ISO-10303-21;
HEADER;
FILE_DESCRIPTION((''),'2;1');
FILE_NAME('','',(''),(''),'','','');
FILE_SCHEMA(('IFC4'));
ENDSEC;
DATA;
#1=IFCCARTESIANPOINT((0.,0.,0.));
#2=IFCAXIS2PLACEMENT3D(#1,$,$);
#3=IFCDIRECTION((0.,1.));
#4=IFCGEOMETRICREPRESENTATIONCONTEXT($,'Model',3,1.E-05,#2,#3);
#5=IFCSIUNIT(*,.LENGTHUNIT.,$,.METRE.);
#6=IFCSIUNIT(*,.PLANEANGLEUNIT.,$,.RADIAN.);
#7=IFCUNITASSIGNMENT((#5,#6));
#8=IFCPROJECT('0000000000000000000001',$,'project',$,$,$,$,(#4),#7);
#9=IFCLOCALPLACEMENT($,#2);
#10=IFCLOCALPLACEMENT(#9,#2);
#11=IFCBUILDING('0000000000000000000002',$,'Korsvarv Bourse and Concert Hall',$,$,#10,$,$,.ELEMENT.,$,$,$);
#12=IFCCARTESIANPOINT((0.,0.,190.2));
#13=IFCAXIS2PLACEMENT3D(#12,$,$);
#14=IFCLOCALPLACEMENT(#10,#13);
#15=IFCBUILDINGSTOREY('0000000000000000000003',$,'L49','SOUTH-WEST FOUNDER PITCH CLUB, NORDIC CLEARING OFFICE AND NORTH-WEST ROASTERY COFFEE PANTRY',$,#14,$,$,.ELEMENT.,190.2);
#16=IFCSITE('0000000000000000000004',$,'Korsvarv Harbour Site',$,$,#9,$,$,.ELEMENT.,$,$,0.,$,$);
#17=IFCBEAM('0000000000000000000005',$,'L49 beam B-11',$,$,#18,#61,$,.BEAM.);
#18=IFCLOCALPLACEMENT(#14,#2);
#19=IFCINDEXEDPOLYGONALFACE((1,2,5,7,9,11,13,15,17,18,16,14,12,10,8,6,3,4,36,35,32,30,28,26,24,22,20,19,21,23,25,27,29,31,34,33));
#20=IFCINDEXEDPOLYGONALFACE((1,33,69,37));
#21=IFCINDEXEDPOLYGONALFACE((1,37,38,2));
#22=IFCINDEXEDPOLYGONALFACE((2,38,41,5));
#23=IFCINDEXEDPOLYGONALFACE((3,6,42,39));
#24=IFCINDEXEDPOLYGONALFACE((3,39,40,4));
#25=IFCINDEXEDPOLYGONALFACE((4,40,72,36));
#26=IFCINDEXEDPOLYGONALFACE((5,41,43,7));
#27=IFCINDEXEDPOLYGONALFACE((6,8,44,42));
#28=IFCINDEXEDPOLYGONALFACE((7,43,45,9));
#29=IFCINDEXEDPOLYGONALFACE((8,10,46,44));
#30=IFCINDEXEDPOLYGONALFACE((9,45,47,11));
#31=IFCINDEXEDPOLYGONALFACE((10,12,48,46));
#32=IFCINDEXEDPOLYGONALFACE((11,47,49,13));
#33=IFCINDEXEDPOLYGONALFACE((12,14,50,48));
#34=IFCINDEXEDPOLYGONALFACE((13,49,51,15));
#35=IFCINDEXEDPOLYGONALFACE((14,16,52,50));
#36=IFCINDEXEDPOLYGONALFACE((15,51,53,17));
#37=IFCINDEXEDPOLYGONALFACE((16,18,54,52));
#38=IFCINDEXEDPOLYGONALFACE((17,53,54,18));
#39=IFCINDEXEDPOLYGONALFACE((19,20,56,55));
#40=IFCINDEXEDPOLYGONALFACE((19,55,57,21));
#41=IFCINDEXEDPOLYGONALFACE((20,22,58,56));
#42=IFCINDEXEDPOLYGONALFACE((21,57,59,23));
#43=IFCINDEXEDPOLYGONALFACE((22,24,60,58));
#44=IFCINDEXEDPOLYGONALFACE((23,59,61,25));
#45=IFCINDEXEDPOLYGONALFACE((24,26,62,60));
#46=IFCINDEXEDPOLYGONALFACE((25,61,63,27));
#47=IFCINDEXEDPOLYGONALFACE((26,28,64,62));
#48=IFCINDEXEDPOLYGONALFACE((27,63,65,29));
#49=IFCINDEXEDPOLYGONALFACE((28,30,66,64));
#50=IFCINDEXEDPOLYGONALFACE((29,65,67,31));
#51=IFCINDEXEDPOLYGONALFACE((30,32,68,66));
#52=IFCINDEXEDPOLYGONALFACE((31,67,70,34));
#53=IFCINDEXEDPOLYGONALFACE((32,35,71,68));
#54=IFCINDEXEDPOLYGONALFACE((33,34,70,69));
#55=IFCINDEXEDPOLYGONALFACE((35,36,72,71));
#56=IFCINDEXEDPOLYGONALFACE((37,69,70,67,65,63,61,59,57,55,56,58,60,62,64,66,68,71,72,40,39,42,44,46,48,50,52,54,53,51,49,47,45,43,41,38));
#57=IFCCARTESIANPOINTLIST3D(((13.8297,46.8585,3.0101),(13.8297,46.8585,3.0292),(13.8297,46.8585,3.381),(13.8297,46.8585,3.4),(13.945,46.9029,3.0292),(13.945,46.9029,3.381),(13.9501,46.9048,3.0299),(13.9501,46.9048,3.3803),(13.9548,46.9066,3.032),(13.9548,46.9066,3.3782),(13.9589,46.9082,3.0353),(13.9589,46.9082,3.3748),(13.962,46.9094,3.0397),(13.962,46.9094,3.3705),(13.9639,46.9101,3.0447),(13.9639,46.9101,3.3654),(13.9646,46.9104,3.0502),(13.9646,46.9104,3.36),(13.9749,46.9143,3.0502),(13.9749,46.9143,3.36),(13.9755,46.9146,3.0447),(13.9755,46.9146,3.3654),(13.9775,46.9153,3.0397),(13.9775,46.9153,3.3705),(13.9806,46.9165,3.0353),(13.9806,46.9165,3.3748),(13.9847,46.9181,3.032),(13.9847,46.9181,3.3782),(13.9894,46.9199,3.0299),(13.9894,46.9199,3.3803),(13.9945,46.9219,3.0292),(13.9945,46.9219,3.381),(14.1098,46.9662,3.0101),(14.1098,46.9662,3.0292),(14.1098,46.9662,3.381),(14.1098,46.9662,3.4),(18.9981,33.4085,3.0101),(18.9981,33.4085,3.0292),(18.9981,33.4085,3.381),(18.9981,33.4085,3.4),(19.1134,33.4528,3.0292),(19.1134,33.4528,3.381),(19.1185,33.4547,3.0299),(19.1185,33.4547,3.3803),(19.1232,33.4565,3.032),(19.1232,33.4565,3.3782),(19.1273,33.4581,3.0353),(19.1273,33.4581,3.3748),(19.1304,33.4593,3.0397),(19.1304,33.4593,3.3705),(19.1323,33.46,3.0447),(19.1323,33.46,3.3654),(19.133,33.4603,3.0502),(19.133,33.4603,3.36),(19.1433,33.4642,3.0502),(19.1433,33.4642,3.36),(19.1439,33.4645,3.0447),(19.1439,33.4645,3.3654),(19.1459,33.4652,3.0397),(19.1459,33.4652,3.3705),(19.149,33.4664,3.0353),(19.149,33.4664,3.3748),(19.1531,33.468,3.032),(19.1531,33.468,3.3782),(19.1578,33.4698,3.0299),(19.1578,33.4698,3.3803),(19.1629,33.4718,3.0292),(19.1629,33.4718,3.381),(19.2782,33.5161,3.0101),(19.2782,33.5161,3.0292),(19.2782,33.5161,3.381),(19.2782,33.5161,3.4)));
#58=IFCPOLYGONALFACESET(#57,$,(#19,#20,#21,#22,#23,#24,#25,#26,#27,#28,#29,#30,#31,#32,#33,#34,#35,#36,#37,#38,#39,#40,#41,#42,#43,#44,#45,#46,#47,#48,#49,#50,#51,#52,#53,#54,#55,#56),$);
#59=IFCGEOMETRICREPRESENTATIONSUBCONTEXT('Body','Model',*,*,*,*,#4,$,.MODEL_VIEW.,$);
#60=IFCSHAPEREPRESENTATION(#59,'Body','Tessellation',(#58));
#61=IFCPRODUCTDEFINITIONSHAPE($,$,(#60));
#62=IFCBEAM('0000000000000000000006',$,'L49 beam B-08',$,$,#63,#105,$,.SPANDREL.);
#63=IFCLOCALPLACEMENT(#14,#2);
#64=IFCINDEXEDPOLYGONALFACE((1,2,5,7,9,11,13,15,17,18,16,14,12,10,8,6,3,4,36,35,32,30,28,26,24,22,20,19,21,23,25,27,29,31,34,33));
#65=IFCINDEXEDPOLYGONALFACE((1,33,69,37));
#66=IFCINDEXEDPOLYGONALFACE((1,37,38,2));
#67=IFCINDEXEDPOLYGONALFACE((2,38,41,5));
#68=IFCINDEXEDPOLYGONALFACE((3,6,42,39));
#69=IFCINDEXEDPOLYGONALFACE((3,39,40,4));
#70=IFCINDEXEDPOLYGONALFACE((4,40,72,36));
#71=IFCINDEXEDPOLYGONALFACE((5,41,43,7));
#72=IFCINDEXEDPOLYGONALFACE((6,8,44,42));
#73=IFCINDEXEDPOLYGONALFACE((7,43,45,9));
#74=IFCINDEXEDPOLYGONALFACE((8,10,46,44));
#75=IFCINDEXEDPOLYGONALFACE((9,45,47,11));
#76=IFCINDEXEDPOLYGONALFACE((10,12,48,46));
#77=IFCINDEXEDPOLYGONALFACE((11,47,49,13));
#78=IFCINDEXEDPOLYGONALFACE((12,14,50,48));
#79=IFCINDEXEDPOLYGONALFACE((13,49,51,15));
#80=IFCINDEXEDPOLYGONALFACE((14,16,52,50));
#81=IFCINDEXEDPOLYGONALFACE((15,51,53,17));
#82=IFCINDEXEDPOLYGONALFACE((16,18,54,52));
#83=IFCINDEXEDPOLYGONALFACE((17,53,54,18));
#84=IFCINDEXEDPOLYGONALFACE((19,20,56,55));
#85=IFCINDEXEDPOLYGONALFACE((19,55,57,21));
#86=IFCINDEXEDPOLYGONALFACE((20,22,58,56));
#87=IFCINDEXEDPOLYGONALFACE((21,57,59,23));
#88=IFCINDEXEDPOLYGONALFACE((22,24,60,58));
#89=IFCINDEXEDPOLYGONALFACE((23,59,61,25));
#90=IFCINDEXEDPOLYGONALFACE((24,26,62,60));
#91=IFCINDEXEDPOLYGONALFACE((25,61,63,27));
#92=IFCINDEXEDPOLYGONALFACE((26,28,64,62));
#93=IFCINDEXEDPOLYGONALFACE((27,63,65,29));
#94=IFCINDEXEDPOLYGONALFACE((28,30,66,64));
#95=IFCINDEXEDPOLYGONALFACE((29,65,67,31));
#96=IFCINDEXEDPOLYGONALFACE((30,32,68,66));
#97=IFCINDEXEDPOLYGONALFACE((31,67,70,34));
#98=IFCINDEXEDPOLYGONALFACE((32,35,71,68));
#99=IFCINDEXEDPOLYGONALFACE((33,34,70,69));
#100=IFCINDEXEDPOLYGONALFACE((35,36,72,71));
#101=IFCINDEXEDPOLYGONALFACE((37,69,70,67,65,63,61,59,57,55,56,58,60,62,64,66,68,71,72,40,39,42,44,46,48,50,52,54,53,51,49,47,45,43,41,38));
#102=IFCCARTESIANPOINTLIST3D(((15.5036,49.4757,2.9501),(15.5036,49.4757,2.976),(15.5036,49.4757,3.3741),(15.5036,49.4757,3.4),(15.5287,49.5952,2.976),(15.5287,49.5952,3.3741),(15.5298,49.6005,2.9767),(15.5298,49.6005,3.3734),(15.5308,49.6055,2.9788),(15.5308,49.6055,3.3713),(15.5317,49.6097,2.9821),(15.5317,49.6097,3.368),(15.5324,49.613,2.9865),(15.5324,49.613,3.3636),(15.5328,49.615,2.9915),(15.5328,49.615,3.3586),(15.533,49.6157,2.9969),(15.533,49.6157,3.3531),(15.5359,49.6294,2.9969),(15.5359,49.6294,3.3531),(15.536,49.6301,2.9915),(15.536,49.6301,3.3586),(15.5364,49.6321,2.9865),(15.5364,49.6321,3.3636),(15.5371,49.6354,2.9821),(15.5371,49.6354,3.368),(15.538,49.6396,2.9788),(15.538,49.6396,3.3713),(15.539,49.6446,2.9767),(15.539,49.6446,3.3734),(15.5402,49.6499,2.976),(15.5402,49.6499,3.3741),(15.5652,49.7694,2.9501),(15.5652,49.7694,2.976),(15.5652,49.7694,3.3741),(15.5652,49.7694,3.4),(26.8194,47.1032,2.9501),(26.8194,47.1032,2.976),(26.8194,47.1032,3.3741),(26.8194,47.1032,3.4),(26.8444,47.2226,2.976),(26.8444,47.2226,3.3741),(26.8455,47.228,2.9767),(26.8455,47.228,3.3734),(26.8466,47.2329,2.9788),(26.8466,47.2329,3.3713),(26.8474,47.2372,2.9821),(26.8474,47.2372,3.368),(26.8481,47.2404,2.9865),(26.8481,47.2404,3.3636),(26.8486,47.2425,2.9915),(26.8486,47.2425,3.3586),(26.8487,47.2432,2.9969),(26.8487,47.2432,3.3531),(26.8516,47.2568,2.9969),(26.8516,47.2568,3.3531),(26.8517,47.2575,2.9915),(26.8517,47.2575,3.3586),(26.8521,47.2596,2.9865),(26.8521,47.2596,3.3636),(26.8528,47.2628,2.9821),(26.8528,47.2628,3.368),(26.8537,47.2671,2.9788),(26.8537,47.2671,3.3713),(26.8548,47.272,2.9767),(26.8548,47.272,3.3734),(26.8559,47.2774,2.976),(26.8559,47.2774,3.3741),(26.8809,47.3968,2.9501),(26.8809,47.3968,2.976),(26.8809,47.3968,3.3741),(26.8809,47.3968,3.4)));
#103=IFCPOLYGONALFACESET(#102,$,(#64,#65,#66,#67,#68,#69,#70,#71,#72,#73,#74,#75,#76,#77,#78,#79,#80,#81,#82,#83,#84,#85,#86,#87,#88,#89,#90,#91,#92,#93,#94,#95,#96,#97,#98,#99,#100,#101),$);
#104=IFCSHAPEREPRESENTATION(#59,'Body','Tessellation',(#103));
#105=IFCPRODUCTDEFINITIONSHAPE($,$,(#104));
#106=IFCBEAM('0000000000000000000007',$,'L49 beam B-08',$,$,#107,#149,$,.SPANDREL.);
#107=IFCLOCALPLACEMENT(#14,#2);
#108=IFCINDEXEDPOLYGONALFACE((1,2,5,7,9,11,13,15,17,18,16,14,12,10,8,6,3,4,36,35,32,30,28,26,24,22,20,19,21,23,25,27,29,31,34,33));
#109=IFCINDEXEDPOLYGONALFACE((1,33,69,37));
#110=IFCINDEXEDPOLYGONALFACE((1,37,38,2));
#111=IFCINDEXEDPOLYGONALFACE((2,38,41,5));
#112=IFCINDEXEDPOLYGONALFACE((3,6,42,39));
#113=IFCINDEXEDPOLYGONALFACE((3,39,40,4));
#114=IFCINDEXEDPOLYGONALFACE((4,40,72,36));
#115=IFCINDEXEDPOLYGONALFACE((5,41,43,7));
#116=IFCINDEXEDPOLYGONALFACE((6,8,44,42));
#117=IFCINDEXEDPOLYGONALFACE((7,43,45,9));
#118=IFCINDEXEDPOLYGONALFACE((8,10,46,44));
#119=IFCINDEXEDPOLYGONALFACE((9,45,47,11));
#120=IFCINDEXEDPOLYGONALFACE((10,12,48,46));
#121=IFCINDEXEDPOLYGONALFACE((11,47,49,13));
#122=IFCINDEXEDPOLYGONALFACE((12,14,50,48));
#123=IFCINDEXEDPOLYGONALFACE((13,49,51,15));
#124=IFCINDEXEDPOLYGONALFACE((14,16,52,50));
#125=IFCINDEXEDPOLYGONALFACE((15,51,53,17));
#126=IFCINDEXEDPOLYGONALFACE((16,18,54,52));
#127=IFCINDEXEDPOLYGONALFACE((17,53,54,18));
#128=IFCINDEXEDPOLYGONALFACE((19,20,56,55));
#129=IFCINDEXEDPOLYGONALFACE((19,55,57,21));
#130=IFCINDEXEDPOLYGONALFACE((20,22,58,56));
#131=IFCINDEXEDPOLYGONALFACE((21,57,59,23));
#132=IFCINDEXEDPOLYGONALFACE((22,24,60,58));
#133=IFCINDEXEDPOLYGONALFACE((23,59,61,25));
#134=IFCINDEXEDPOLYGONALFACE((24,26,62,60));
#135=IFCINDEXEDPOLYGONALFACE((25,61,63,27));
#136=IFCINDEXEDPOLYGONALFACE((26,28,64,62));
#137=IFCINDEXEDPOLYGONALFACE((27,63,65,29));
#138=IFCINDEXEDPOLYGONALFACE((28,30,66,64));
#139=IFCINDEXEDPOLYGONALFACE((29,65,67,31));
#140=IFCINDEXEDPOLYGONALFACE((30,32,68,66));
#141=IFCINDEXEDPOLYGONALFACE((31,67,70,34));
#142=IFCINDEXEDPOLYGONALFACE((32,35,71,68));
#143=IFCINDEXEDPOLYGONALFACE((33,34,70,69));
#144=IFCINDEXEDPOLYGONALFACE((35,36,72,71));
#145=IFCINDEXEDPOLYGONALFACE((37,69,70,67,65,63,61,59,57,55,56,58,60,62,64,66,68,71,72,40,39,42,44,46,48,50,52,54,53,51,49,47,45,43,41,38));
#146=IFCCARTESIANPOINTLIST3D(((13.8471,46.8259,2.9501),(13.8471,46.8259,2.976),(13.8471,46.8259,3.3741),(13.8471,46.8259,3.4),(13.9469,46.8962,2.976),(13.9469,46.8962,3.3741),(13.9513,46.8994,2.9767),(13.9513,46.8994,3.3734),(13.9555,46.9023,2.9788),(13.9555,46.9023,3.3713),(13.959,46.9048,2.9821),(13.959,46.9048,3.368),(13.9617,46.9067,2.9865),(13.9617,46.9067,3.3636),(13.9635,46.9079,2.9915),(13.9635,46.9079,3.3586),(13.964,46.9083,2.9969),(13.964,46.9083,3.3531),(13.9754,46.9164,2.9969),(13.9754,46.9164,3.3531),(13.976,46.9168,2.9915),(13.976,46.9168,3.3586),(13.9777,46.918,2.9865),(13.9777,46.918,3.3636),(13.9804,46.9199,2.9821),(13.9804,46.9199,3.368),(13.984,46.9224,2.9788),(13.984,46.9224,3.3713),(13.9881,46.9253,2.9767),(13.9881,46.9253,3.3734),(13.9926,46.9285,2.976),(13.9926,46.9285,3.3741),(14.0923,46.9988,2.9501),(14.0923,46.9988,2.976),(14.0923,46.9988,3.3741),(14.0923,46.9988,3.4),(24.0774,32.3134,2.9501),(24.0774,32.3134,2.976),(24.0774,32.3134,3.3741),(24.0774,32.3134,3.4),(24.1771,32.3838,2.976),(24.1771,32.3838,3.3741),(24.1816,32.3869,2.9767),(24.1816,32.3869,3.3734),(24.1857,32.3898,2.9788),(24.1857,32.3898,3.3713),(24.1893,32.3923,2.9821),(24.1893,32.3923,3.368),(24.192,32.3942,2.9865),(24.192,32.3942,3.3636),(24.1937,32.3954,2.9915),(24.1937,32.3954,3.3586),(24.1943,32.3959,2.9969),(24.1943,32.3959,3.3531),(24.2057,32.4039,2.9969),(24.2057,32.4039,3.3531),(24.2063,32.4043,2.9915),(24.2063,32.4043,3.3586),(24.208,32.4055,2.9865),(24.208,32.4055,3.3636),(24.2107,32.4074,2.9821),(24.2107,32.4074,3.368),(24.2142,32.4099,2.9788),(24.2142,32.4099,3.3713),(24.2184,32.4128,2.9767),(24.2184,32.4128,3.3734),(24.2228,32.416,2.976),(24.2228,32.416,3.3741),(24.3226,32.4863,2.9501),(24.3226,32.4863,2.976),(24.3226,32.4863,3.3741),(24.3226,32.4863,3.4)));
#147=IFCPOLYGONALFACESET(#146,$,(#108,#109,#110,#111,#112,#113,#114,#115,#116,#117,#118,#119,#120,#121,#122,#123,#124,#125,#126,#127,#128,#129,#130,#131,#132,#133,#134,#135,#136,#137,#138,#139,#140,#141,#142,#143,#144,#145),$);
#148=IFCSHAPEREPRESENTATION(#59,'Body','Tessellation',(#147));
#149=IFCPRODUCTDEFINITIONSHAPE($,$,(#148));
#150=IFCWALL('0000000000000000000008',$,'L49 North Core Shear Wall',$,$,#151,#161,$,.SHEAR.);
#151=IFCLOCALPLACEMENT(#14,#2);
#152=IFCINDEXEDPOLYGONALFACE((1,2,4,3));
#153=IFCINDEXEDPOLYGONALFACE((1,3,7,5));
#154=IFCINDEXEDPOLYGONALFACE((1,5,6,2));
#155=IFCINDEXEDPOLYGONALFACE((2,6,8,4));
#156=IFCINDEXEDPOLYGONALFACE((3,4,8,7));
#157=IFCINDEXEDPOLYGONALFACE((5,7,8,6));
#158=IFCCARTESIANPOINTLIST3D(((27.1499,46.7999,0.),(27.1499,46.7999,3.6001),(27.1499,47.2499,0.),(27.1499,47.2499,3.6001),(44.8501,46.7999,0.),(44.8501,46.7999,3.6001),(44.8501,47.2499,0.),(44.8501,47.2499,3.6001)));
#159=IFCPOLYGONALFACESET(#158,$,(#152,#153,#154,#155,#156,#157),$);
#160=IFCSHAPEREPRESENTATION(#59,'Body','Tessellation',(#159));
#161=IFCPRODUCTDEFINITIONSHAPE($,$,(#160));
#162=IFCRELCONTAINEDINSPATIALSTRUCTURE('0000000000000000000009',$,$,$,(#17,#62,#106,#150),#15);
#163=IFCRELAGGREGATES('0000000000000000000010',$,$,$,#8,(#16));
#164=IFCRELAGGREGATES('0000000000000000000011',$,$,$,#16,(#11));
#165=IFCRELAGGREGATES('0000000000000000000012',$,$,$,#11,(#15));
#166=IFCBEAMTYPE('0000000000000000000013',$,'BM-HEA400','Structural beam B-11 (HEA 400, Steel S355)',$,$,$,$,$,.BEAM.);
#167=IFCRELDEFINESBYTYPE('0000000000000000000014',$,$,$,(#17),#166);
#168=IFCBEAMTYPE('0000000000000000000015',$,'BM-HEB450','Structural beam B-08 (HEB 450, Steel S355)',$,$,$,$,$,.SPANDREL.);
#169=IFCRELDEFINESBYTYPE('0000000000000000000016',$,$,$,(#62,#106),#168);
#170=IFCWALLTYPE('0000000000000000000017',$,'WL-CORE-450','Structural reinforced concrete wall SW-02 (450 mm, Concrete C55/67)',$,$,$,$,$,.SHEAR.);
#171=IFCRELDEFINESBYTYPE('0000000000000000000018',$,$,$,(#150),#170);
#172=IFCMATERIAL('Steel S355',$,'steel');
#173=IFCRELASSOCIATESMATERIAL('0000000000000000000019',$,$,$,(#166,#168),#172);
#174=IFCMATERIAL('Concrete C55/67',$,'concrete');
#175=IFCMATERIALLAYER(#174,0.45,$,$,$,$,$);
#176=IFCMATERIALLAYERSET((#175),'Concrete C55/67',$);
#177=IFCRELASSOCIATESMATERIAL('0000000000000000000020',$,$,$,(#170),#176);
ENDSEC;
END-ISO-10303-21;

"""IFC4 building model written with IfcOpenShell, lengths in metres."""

from ifc_helpers import new_model, si_unit, direction, frame, frame_2d, origin, origin_2d, place, context, subcontext, project, spatial, rectangle, i_section, extrude, source, transform, mapped, material, layer, layer_set, material_profile, profile_set, type_object, element, save


model = new_model("IFC4")

# Units and contexts
model_context = context("Model", 3, precision=1e-05, world=origin(), true_north=direction((0.0, 1.0)))
body_context = subcontext(model_context, "Body", "Model", "MODEL_VIEW")
ifc_project = project(units=[si_unit("LENGTHUNIT", "METRE"), si_unit("PLANEANGLEUNIT", "RADIAN")], contexts=[model_context])

# Site, building, storey
site_placement = place(None, origin())
site = spatial("IfcSite", under=ifc_project, at=site_placement, Name="Korsvarv Harbour Site", CompositionType="ELEMENT", RefElevation=0.0)
building_placement = place(site_placement, origin())
building = spatial("IfcBuilding", under=site, at=building_placement, Name="Korsvarv Bourse and Concert Hall", CompositionType="ELEMENT")
storey_placement = place(building_placement, frame((0.0, 0.0, 190.2)))
storey = spatial("IfcBuildingStorey", under=building, at=storey_placement, Name="L49", Description="SOUTH-WEST FOUNDER PITCH CLUB, NORDIC CLEARING OFFICE AND NORTH-WEST ROASTERY COFFEE PANTRY", CompositionType="ELEMENT", Elevation=190.2)

# Shared definitions
ifc_material_1 = material(Name="Concrete C55/67", Category="concrete")
ifc_material_2 = material(Name="Steel S355", Category="steel")

# Beams
ifc_material_profile_1 = material_profile(ifc_material_2, i_section(OverallWidth=0.3, OverallDepth=0.3899, WebThickness=0.011, FlangeThickness=0.019, FilletRadius=0.021, at=origin_2d()), Name="HEA 400")
ifc_profile_set_1 = profile_set([ifc_material_profile_1], Name="Steel S355")
beam_type_1 = type_object("IfcBeamType", Name="BM-HEA400", Description="Structural beam B-11 (HEA 400, Steel S355)", PredefinedType="BEAM", material=ifc_profile_set_1)
shared_shape_1 = source(origin(), body_context, "Body", "SweptSolid", [
    extrude(i_section(OverallWidth=0.3, OverallDepth=0.3899, WebThickness=0.011, FlangeThickness=0.019, FilletRadius=0.021, at=origin_2d()), origin(), (0.0, 0.0, 1.0), 14.4089),
])
beam_1_placement = place(storey_placement, frame((13.9697, 46.9124, 3.2051), z_axis=(0.358695, -0.933455, 0.0), x_axis=(0.933455, 0.358695, 0.0)))
element("IfcBeam", 1, at=beam_1_placement, inside=storey, type_object=beam_type_1, Name="L49 beam B-11", PredefinedType="BEAM", context=body_context, shape_type="MappedRepresentation", body=[
    mapped(shared_shape_1, transform((0.0, 0.0, 0.0), scale=1.0)),
])
ifc_material_profile_2 = material_profile(ifc_material_2, i_section(OverallWidth=0.3, OverallDepth=0.45, WebThickness=0.0139, FlangeThickness=0.0259, FilletRadius=0.021, at=origin_2d()), Name="HEB 450")
ifc_profile_set_2 = profile_set([ifc_material_profile_2], Name="Steel S355")
beam_type_2 = type_object("IfcBeamType", Name="BM-HEB450", Description="Structural beam B-08 (HEB 450, Steel S355)", PredefinedType="SPANDREL", material=ifc_profile_set_2)
shared_shape_2 = source(origin(), body_context, "Body", "SweptSolid", [
    extrude(i_section(OverallWidth=0.3, OverallDepth=0.45, WebThickness=0.0139, FlangeThickness=0.0259, FilletRadius=0.021, at=origin_2d()), origin(), (0.0, 0.0, 1.0), 11.5618),
])
beam_2_placement = place(storey_placement, frame((15.5344, 49.6226, 3.175), z_axis=(0.978718, -0.205208, 0.0), x_axis=(0.205208, 0.978718, 0.0)))
element("IfcBeam", 2, at=beam_2_placement, inside=storey, type_object=beam_type_2, Name="L49 beam B-08", PredefinedType="SPANDREL", context=body_context, shape_type="MappedRepresentation", body=[
    mapped(shared_shape_2, transform((0.0, 0.0, 0.0), scale=1.0)),
])
shared_shape_3 = source(origin(), body_context, "Body", "SweptSolid", [
    extrude(i_section(OverallWidth=0.3, OverallDepth=0.45, WebThickness=0.0139, FlangeThickness=0.0259, FilletRadius=0.021, at=origin_2d()), origin(), (0.0, 0.0, 1.0), 17.7559),
])
beam_3_placement = place(storey_placement, frame((13.9697, 46.9124, 3.175), z_axis=(0.576162, -0.817335, 0.0), x_axis=(0.817335, 0.576162, 0.0)))
element("IfcBeam", 3, at=beam_3_placement, inside=storey, type_object=beam_type_2, Name="L49 beam B-08", PredefinedType="SPANDREL", context=body_context, shape_type="MappedRepresentation", body=[
    mapped(shared_shape_3, transform((0.0, 0.0, 0.0), scale=1.0)),
])

# Wall
ifc_layer_1 = layer(ifc_material_1, 0.45)
ifc_layer_set_1 = layer_set([ifc_layer_1], Name="Concrete C55/67")
wall_type_1 = type_object("IfcWallType", Name="WL-CORE-450", Description="Structural reinforced concrete wall SW-02 (450 mm, Concrete C55/67)", PredefinedType="SHEAR", material=ifc_layer_set_1)
wall_1_placement = place(storey_placement, frame((27.1499, 47.0249, 0.0), z_axis=(0.0, 0.0, 1.0), x_axis=(1.0, 0.0, 0.0)))
element("IfcWall", 4, at=wall_1_placement, inside=storey, type_object=wall_type_1, Name="L49 North Core Shear Wall", PredefinedType="SHEAR", context=body_context, shape_type="SweptSolid", body=[
    extrude(rectangle(XDim=17.7002, YDim=0.45, at=frame_2d((8.8501, 0.0))), origin(), (0.0, 0.0, 1.0), 3.6001),
])

save(model, "model.ifc")
